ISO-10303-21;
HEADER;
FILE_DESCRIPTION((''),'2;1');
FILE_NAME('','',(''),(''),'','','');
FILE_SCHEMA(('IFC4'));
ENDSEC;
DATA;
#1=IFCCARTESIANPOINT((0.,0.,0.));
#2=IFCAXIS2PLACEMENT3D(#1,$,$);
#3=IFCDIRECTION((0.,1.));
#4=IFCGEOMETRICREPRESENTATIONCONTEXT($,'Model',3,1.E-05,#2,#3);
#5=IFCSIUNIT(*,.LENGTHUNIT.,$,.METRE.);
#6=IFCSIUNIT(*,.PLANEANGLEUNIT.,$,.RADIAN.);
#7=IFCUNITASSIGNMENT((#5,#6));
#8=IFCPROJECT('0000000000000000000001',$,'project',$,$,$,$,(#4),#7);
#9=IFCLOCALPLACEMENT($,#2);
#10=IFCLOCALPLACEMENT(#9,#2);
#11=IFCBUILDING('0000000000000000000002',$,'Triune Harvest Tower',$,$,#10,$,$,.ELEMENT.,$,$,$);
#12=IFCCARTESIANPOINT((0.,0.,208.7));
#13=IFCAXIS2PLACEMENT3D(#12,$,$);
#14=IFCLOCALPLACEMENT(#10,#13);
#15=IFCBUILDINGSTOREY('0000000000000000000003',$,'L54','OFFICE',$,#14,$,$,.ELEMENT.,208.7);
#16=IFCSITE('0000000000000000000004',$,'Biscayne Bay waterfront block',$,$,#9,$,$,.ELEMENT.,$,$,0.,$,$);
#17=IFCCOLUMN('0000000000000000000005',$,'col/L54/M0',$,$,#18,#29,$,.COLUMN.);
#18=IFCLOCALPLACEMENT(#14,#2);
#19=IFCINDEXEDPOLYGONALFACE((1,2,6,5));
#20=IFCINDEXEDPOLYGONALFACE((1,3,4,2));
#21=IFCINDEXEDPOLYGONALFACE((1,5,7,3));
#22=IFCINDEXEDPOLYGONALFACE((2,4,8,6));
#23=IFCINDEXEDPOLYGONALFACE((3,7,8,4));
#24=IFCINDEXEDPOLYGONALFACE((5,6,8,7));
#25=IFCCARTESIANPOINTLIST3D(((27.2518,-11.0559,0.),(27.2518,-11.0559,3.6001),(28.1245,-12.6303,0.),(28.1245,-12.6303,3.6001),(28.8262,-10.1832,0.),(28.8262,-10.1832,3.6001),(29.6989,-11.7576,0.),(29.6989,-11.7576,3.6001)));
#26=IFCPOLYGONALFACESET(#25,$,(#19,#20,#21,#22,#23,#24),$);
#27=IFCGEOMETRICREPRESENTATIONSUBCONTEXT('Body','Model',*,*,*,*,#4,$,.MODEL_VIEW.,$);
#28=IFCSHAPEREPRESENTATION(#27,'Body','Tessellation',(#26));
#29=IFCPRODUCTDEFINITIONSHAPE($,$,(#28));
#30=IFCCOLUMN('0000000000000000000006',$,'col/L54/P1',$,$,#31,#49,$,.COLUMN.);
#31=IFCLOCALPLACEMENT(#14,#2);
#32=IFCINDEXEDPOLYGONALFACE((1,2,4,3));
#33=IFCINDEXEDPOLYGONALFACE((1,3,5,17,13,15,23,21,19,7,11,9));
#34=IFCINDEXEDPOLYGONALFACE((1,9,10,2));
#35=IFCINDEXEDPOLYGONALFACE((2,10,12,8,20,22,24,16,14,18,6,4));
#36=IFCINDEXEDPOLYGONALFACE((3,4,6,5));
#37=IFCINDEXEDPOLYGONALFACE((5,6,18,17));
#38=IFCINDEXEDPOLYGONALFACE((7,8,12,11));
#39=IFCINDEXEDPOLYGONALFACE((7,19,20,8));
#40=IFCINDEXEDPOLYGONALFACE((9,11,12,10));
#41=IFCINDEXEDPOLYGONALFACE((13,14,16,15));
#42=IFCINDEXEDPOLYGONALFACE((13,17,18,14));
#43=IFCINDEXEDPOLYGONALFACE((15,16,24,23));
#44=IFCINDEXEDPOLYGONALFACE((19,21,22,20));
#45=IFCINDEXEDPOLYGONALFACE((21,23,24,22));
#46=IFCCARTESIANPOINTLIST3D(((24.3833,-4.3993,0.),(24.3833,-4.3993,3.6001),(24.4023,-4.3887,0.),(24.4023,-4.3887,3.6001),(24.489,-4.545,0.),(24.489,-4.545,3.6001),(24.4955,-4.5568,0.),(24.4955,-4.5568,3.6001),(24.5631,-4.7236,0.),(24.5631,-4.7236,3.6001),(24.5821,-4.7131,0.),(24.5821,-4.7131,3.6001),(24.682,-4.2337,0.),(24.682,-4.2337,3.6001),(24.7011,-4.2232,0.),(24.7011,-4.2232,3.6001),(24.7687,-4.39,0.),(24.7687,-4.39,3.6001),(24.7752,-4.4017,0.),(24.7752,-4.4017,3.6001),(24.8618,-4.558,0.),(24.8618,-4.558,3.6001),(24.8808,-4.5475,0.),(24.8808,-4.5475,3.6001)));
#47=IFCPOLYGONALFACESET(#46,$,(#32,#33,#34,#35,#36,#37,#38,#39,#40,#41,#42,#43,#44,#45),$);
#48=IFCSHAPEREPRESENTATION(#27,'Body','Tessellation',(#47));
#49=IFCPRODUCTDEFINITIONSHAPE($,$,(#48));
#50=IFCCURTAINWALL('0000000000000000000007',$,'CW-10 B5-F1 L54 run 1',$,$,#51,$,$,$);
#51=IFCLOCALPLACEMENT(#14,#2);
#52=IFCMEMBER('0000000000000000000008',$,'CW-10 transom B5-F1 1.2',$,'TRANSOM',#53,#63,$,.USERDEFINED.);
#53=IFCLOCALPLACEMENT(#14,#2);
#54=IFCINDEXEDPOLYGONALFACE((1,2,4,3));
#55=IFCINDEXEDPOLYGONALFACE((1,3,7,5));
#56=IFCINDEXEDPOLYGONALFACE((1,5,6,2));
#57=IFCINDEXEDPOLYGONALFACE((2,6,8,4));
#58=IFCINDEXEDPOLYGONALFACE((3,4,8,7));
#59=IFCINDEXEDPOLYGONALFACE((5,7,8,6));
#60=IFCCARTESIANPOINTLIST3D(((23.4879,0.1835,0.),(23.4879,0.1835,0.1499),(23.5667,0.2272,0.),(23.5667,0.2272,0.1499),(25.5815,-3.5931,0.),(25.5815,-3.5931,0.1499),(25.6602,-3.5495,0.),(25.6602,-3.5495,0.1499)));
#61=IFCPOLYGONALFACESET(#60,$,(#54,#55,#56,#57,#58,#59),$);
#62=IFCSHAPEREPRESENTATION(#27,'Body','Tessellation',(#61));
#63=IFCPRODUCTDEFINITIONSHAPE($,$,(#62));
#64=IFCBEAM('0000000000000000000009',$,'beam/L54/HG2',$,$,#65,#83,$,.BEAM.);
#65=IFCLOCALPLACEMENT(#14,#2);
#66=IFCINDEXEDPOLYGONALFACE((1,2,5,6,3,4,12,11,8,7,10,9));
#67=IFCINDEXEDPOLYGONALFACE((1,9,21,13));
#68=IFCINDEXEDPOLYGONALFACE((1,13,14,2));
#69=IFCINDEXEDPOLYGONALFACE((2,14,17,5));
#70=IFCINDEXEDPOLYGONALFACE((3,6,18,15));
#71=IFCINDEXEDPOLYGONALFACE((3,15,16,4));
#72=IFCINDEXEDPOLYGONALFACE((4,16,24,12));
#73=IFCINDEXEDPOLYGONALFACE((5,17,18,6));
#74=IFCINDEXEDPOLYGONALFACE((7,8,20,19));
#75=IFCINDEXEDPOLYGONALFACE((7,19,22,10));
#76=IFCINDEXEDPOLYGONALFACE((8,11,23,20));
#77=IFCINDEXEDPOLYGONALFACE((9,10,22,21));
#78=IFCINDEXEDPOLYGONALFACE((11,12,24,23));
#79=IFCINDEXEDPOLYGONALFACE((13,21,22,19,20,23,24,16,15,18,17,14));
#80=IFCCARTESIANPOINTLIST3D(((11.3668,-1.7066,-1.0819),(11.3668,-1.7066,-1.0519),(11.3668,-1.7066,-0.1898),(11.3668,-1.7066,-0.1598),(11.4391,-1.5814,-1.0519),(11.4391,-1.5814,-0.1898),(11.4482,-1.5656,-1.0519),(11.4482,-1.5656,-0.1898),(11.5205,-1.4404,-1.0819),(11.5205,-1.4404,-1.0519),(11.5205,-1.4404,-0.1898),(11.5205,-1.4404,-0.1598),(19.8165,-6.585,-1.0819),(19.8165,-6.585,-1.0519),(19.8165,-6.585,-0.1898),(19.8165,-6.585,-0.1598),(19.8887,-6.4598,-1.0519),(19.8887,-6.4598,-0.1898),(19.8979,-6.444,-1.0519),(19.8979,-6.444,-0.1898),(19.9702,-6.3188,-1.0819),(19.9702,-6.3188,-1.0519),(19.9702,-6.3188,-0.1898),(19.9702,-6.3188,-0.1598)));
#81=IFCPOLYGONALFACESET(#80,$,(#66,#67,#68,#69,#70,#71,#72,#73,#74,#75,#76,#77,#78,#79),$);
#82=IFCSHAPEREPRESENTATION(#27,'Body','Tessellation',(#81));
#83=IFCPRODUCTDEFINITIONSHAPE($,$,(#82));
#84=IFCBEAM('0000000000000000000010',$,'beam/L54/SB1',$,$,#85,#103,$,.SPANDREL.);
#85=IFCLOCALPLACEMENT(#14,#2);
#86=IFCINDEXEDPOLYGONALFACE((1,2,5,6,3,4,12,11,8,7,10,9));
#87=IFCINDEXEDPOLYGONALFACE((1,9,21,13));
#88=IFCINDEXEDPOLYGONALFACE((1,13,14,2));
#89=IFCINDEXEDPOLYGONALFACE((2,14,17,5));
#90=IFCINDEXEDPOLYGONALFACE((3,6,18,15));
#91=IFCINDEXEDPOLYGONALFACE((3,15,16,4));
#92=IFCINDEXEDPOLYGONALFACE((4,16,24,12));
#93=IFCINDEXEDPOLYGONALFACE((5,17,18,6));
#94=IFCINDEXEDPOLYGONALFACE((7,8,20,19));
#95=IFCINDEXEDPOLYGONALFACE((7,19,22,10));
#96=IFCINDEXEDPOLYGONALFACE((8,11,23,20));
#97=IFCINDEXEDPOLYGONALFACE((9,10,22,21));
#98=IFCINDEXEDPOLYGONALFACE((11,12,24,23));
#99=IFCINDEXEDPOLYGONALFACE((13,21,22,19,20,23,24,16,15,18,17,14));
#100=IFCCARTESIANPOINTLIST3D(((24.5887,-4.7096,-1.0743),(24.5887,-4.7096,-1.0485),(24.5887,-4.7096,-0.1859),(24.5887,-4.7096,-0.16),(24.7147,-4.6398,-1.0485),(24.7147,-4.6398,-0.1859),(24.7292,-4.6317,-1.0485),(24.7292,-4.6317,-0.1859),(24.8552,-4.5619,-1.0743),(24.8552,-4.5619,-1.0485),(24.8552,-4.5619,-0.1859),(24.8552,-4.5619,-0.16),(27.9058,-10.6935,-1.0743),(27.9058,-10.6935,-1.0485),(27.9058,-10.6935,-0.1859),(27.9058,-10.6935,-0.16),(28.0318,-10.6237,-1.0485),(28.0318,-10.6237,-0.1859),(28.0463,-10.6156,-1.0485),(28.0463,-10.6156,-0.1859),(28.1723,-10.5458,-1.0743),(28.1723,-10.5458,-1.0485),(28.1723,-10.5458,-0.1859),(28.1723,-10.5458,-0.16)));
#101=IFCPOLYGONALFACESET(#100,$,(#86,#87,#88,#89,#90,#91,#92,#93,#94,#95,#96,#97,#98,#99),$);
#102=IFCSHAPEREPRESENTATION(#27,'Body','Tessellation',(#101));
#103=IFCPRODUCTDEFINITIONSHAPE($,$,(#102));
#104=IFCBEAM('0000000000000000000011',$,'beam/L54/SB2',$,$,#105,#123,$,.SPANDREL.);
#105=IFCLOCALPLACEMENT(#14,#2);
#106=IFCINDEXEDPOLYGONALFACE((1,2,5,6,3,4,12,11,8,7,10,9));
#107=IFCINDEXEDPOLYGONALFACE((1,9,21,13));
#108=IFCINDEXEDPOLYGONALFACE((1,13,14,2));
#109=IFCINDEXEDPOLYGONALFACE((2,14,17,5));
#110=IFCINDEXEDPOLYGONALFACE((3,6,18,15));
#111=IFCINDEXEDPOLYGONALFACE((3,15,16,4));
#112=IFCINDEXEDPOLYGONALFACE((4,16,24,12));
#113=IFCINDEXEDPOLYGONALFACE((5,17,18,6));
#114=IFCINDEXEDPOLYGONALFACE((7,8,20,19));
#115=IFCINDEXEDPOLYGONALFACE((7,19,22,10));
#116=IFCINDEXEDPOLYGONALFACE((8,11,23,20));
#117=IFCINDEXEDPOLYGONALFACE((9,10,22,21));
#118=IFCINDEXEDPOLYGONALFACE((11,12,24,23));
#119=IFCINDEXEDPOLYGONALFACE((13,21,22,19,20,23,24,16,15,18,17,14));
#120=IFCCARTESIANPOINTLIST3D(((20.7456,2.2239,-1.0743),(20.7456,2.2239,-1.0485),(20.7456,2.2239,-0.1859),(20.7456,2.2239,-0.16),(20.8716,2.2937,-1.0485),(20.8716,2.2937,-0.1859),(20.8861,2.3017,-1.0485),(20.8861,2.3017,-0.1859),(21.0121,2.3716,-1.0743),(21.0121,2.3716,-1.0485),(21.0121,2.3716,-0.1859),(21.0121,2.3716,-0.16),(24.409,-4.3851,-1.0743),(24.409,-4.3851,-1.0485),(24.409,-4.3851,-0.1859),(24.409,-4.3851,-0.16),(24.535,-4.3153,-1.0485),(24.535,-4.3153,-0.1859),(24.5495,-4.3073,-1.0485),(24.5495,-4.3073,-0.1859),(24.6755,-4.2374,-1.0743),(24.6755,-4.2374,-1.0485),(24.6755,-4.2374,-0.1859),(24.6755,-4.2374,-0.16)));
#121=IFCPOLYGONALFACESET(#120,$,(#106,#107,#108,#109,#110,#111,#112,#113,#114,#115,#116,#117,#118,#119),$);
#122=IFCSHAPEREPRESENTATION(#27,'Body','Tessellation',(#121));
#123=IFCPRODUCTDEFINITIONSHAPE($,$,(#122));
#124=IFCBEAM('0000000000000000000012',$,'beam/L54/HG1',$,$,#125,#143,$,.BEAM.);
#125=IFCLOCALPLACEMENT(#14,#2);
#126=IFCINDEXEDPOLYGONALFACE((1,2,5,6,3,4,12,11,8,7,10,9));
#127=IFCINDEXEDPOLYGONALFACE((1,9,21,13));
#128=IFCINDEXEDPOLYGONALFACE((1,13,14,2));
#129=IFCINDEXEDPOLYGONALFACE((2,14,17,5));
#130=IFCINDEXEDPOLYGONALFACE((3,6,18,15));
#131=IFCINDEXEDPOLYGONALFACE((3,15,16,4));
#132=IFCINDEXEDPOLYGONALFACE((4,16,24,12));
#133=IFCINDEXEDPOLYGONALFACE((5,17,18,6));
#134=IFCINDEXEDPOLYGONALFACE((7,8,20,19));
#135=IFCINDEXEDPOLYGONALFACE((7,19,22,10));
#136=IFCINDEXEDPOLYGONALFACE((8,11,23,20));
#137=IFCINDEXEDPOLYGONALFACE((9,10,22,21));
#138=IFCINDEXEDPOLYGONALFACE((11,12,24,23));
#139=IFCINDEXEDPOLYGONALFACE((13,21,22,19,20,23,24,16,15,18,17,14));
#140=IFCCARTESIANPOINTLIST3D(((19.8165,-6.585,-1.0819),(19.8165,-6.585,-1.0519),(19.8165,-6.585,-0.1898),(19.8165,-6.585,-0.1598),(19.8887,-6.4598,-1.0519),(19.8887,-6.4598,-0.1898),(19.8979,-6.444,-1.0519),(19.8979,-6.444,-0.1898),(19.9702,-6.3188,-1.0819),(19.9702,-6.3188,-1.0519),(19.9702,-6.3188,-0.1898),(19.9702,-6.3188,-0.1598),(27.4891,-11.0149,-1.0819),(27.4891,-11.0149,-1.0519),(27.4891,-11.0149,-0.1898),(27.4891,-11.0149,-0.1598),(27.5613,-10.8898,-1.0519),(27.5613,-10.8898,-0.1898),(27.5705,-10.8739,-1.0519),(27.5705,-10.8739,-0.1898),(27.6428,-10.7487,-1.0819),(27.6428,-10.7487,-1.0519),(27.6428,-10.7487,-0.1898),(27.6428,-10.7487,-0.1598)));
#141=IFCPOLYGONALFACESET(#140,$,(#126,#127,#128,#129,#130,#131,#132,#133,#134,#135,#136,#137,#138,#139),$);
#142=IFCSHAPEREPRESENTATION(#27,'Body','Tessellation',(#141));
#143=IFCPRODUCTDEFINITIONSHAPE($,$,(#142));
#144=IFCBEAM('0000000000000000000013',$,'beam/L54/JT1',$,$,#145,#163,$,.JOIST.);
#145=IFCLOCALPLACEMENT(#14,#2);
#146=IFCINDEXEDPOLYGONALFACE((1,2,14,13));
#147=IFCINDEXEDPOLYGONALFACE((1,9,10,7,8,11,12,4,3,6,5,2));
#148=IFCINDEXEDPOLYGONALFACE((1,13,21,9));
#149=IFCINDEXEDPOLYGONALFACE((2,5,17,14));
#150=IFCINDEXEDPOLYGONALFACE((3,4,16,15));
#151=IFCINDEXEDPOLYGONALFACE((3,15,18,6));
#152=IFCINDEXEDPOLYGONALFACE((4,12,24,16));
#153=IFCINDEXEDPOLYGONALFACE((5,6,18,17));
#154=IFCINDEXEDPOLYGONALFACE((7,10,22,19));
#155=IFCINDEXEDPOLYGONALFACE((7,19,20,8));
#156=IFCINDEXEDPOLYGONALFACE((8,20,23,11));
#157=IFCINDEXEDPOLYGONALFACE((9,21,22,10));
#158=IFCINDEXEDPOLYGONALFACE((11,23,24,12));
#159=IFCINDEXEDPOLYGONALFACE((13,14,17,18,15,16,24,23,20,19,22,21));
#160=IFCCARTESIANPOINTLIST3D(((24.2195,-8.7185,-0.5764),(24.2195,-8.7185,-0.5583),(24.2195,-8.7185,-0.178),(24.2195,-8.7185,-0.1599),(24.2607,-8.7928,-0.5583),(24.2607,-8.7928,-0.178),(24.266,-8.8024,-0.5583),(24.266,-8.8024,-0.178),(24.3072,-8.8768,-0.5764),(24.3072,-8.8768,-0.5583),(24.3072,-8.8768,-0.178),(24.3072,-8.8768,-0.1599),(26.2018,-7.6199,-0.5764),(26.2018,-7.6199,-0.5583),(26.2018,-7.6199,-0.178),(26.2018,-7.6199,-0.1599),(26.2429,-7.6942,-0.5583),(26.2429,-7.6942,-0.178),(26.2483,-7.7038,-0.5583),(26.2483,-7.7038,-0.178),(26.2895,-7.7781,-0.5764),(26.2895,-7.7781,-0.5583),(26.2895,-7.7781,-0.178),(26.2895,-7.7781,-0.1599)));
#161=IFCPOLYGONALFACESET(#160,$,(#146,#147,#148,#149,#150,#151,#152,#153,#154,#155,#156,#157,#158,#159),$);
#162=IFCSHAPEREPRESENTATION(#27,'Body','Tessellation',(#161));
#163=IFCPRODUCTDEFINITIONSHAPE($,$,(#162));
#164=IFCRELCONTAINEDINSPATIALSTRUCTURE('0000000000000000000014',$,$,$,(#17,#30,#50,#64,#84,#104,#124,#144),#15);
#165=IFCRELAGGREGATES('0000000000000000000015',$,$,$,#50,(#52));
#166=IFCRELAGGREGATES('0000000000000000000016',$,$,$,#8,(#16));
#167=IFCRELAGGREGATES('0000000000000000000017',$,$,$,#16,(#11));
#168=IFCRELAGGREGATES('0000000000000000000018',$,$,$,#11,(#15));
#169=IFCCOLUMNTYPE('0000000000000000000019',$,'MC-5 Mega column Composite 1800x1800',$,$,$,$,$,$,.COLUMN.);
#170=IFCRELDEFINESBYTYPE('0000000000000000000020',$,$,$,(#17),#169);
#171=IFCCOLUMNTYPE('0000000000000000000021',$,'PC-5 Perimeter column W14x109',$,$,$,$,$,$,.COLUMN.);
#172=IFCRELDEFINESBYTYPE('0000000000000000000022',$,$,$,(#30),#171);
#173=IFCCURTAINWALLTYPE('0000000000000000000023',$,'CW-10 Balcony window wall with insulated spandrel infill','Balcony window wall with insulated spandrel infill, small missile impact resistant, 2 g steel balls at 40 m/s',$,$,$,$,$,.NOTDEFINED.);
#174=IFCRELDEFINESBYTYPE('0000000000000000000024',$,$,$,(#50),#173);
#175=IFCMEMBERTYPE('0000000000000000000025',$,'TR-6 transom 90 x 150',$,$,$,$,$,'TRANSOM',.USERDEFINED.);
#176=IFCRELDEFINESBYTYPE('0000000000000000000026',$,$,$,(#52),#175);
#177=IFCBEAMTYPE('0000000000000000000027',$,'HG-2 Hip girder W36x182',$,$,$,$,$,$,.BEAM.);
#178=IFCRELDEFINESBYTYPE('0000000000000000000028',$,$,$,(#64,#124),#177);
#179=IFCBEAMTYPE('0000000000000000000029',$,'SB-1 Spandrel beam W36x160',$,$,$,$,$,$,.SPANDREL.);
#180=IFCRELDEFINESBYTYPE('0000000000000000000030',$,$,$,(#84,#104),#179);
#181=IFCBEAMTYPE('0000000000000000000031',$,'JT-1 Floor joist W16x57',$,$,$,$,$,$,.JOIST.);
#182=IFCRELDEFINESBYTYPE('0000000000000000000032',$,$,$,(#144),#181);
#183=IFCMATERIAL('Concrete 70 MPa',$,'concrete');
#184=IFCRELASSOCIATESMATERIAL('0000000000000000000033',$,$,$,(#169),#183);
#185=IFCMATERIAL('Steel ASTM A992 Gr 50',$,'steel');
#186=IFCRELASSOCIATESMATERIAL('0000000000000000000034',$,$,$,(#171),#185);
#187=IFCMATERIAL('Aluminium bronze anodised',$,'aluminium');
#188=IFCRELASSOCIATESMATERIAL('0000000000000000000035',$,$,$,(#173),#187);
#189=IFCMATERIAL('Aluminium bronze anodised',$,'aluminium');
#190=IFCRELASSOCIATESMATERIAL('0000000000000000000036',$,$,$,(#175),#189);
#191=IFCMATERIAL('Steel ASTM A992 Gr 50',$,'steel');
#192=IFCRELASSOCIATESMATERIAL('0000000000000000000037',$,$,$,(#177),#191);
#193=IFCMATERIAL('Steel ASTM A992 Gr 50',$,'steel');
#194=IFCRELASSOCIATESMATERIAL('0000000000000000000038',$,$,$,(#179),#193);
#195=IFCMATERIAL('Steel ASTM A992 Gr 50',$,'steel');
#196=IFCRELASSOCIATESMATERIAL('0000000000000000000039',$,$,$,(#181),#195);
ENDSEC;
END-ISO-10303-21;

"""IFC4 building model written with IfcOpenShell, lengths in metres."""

from ifc_helpers import new_model, si_unit, direction, frame, origin, origin_2d, place, context, subcontext, project, spatial, rectangle, i_section, extrude, source, transform, mapped, material, material_profile, profile_set, type_object, element, aggregate, save


model = new_model("IFC4")

# Units and contexts
model_context = context("Model", 3, precision=1e-05, world=origin(), true_north=direction((0.0, 1.0)))
body_context = subcontext(model_context, "Body", "Model", "MODEL_VIEW")
ifc_project = project(units=[si_unit("LENGTHUNIT", "METRE"), si_unit("PLANEANGLEUNIT", "RADIAN")], contexts=[model_context])

# Site, building, storey
site_placement = place(None, origin())
site = spatial("IfcSite", under=ifc_project, at=site_placement, Name="Biscayne Bay waterfront block", CompositionType="ELEMENT", RefElevation=0.0)
building_placement = place(site_placement, origin())
building = spatial("IfcBuilding", under=site, at=building_placement, Name="Triune Harvest Tower", CompositionType="ELEMENT")
storey_placement = place(building_placement, frame((0.0, 0.0, 208.7)))
storey = spatial("IfcBuildingStorey", under=building, at=storey_placement, Name="L54", Description="OFFICE", CompositionType="ELEMENT", Elevation=208.7)

# Columns
ifc_material_1 = material(Name="Concrete 70 MPa", Category="concrete")
ifc_material_profile_1 = material_profile(ifc_material_1, rectangle(XDim=1.8, YDim=1.8, at=origin_2d()), Name="Composite 1800x1800")
ifc_profile_set_1 = profile_set([ifc_material_profile_1], Name="Concrete 70 MPa")
column_type_1 = type_object("IfcColumnType", Name="MC-5 Mega column Composite 1800x1800", PredefinedType="COLUMN", material=ifc_profile_set_1)
shared_shape_1 = source(origin(), body_context, "Body", "SweptSolid", [
    extrude(rectangle(XDim=1.8, YDim=1.8, at=origin_2d()), origin(), (0.0, 0.0, 1.0), 3.6001),
])
column_1_placement = place(storey_placement, frame((28.4753, -11.4067, 0.0), z_axis=(0.0, 0.0, 1.0), x_axis=(-0.48481, 0.87462, 0.0)))
element("IfcColumn", 1, at=column_1_placement, inside=storey, type_object=column_type_1, Name="col/L54/M0", PredefinedType="COLUMN", context=body_context, shape_type="MappedRepresentation", body=[
    mapped(shared_shape_1, transform((0.0, 0.0, 0.0), scale=1.0)),
])
ifc_material_2 = material(Name="Steel ASTM A992 Gr 50", Category="steel")
ifc_material_profile_2 = material_profile(ifc_material_2, i_section(OverallWidth=0.3708, OverallDepth=0.3633, WebThickness=0.0134, FlangeThickness=0.0217, at=origin_2d()), Name="W14x109")
ifc_profile_set_2 = profile_set([ifc_material_profile_2], Name="Steel ASTM A992 Gr 50")
column_type_2 = type_object("IfcColumnType", Name="PC-5 Perimeter column W14x109", PredefinedType="COLUMN", material=ifc_profile_set_2)
shared_shape_2 = source(origin(), body_context, "Body", "SweptSolid", [
    extrude(i_section(OverallWidth=0.3708, OverallDepth=0.3633, WebThickness=0.0134, FlangeThickness=0.0217, at=origin_2d()), origin(), (0.0, 0.0, 1.0), 3.6001),
])
column_2_placement = place(storey_placement, frame((24.6321, -4.4734, 0.0), z_axis=(0.0, 0.0, 1.0), x_axis=(-0.48481, 0.87462, 0.0)))
element("IfcColumn", 2, at=column_2_placement, inside=storey, type_object=column_type_2, Name="col/L54/P1", PredefinedType="COLUMN", context=body_context, shape_type="MappedRepresentation", body=[
    mapped(shared_shape_2, transform((0.0, 0.0, 0.0), scale=1.0)),
])

# Curtain wall, member
ifc_material_3 = material(Name="Aluminium bronze anodised", Category="aluminium")
curtain_wall_type_1 = type_object("IfcCurtainWallType", Name="CW-10 Balcony window wall with insulated spandrel infill", Description="Balcony window wall with insulated spandrel infill, small missile impact resistant, 2 g steel balls at 40 m/s", PredefinedType="NOTDEFINED", material=ifc_material_3)
curtain_wall_1_placement = place(storey_placement, origin())
curtain_wall_1 = element("IfcCurtainWall", 3, at=curtain_wall_1_placement, inside=storey, type_object=curtain_wall_type_1, Name="CW-10 B5-F1 L54 run 1")
ifc_material_4 = material(Name="Aluminium bronze anodised", Category="aluminium")
ifc_material_profile_3 = material_profile(ifc_material_4, rectangle(XDim=0.0901, YDim=0.1499, at=origin_2d()), Name="TR-6 transom 90 x 150")
ifc_profile_set_3 = profile_set([ifc_material_profile_3], Name="Aluminium bronze anodised")
member_type_1 = type_object("IfcMemberType", Name="TR-6 transom 90 x 150", ElementType="TRANSOM", PredefinedType="USERDEFINED", material=ifc_profile_set_3)
member_1_placement = place(storey_placement, frame((25.6208, -3.5713, 0.075), z_axis=(-0.484827, 0.87461, 0.0), x_axis=(-0.87461, -0.484827, 0.0)))
member_1 = element("IfcMember", 4, at=member_1_placement, type_object=member_type_1, Name="CW-10 transom B5-F1 1.2", ObjectType="TRANSOM", PredefinedType="USERDEFINED", context=body_context, shape_type="SweptSolid", body=[
    extrude(rectangle(XDim=0.0901, YDim=0.1499, at=origin_2d()), origin(), (0.0, 0.0, 1.0), 4.3181),
])

# Beams
ifc_material_5 = material(Name="Steel ASTM A992 Gr 50", Category="steel")
ifc_material_profile_4 = material_profile(ifc_material_5, i_section(OverallWidth=0.3074, OverallDepth=0.9221, WebThickness=0.0183, FlangeThickness=0.03, at=origin_2d()), Name="W36x182")
ifc_profile_set_4 = profile_set([ifc_material_profile_4], Name="Steel ASTM A992 Gr 50")
beam_type_1 = type_object("IfcBeamType", Name="HG-2 Hip girder W36x182", PredefinedType="BEAM", material=ifc_profile_set_4)
shared_shape_3 = source(origin(), body_context, "Body", "SweptSolid", [
    extrude(i_section(OverallWidth=0.3074, OverallDepth=0.9221, WebThickness=0.0183, FlangeThickness=0.03, at=origin_2d()), origin(), (0.0, 0.0, 1.0), 9.7568),
])
beam_1_placement = place(storey_placement, frame((19.8933, -6.4519, -0.6208), z_axis=(-0.866026, 0.499998, 0.0), x_axis=(-0.499998, -0.866026, 0.0)))
element("IfcBeam", 5, at=beam_1_placement, inside=storey, type_object=beam_type_1, Name="beam/L54/HG2", PredefinedType="BEAM", context=body_context, shape_type="MappedRepresentation", body=[
    mapped(shared_shape_3, transform((0.0, 0.0, 0.0), scale=1.0)),
])
ifc_material_6 = material(Name="Steel ASTM A992 Gr 50", Category="steel")
ifc_material_profile_5 = material_profile(ifc_material_6, i_section(OverallWidth=0.3047, OverallDepth=0.9143, WebThickness=0.0166, FlangeThickness=0.0259, at=origin_2d()), Name="W36x160")
ifc_profile_set_5 = profile_set([ifc_material_profile_5], Name="Steel ASTM A992 Gr 50")
beam_type_2 = type_object("IfcBeamType", Name="SB-1 Spandrel beam W36x160", PredefinedType="SPANDREL", material=ifc_profile_set_5)
shared_shape_4 = source(origin(), body_context, "Body", "SweptSolid", [
    extrude(i_section(OverallWidth=0.3047, OverallDepth=0.9143, WebThickness=0.0166, FlangeThickness=0.0259, at=origin_2d()), origin(), (0.0, 0.0, 1.0), 6.8418),
])
beam_2_placement = place(storey_placement, frame((28.0391, -10.6196, -0.6172), z_axis=(-0.484834, 0.874606, 0.0), x_axis=(-0.874606, -0.484834, 0.0)))
element("IfcBeam", 6, at=beam_2_placement, inside=storey, type_object=beam_type_2, Name="beam/L54/SB1", PredefinedType="SPANDREL", context=body_context, shape_type="MappedRepresentation", body=[
    mapped(shared_shape_4, transform((0.0, 0.0, 0.0), scale=1.0)),
])
shared_shape_5 = source(origin(), body_context, "Body", "SweptSolid", [
    extrude(i_section(OverallWidth=0.3047, OverallDepth=0.9143, WebThickness=0.0166, FlangeThickness=0.0259, at=origin_2d()), origin(), (0.0, 0.0, 1.0), 7.5564),
])
beam_3_placement = place(storey_placement, frame((24.5422, -4.3113, -0.6172), z_axis=(-0.484806, 0.874622, 0.0), x_axis=(-0.874622, -0.484806, 0.0)))
element("IfcBeam", 7, at=beam_3_placement, inside=storey, type_object=beam_type_2, Name="beam/L54/SB2", PredefinedType="SPANDREL", context=body_context, shape_type="MappedRepresentation", body=[
    mapped(shared_shape_5, transform((0.0, 0.0, 0.0), scale=1.0)),
])
shared_shape_6 = source(origin(), body_context, "Body", "SweptSolid", [
    extrude(i_section(OverallWidth=0.3074, OverallDepth=0.9221, WebThickness=0.0183, FlangeThickness=0.03, at=origin_2d()), origin(), (0.0, 0.0, 1.0), 8.8596),
])
beam_4_placement = place(storey_placement, frame((27.5659, -10.8818, -0.6208), z_axis=(-0.866018, 0.500013, 0.0), x_axis=(-0.500013, -0.866018, 0.0)))
element("IfcBeam", 8, at=beam_4_placement, inside=storey, type_object=beam_type_1, Name="beam/L54/HG1", PredefinedType="BEAM", context=body_context, shape_type="MappedRepresentation", body=[
    mapped(shared_shape_6, transform((0.0, 0.0, 0.0), scale=1.0)),
])
ifc_material_7 = material(Name="Steel ASTM A992 Gr 50", Category="steel")
ifc_material_profile_6 = material_profile(ifc_material_7, i_section(OverallWidth=0.1809, OverallDepth=0.4165, WebThickness=0.011, FlangeThickness=0.0181, at=origin_2d()), Name="W16x57")
ifc_profile_set_6 = profile_set([ifc_material_profile_6], Name="Steel ASTM A992 Gr 50")
beam_type_3 = type_object("IfcBeamType", Name="JT-1 Floor joist W16x57", PredefinedType="JOIST", material=ifc_profile_set_6)
shared_shape_7 = source(origin(), body_context, "Body", "SweptSolid", [
    extrude(i_section(OverallWidth=0.1809, OverallDepth=0.4165, WebThickness=0.011, FlangeThickness=0.0181, at=origin_2d()), origin(), (0.0, 0.0, 1.0), 2.2664),
])
beam_5_placement = place(storey_placement, frame((26.2456, -7.699, -0.3682), z_axis=(-0.87464, -0.484774, 0.0), x_axis=(0.484774, -0.87464, 0.0)))
element("IfcBeam", 9, at=beam_5_placement, inside=storey, type_object=beam_type_3, Name="beam/L54/JT1", PredefinedType="JOIST", context=body_context, shape_type="MappedRepresentation", body=[
    mapped(shared_shape_7, transform((0.0, 0.0, 0.0), scale=1.0)),
])

aggregate(curtain_wall_1, [member_1])

save(model, "model.ifc")
